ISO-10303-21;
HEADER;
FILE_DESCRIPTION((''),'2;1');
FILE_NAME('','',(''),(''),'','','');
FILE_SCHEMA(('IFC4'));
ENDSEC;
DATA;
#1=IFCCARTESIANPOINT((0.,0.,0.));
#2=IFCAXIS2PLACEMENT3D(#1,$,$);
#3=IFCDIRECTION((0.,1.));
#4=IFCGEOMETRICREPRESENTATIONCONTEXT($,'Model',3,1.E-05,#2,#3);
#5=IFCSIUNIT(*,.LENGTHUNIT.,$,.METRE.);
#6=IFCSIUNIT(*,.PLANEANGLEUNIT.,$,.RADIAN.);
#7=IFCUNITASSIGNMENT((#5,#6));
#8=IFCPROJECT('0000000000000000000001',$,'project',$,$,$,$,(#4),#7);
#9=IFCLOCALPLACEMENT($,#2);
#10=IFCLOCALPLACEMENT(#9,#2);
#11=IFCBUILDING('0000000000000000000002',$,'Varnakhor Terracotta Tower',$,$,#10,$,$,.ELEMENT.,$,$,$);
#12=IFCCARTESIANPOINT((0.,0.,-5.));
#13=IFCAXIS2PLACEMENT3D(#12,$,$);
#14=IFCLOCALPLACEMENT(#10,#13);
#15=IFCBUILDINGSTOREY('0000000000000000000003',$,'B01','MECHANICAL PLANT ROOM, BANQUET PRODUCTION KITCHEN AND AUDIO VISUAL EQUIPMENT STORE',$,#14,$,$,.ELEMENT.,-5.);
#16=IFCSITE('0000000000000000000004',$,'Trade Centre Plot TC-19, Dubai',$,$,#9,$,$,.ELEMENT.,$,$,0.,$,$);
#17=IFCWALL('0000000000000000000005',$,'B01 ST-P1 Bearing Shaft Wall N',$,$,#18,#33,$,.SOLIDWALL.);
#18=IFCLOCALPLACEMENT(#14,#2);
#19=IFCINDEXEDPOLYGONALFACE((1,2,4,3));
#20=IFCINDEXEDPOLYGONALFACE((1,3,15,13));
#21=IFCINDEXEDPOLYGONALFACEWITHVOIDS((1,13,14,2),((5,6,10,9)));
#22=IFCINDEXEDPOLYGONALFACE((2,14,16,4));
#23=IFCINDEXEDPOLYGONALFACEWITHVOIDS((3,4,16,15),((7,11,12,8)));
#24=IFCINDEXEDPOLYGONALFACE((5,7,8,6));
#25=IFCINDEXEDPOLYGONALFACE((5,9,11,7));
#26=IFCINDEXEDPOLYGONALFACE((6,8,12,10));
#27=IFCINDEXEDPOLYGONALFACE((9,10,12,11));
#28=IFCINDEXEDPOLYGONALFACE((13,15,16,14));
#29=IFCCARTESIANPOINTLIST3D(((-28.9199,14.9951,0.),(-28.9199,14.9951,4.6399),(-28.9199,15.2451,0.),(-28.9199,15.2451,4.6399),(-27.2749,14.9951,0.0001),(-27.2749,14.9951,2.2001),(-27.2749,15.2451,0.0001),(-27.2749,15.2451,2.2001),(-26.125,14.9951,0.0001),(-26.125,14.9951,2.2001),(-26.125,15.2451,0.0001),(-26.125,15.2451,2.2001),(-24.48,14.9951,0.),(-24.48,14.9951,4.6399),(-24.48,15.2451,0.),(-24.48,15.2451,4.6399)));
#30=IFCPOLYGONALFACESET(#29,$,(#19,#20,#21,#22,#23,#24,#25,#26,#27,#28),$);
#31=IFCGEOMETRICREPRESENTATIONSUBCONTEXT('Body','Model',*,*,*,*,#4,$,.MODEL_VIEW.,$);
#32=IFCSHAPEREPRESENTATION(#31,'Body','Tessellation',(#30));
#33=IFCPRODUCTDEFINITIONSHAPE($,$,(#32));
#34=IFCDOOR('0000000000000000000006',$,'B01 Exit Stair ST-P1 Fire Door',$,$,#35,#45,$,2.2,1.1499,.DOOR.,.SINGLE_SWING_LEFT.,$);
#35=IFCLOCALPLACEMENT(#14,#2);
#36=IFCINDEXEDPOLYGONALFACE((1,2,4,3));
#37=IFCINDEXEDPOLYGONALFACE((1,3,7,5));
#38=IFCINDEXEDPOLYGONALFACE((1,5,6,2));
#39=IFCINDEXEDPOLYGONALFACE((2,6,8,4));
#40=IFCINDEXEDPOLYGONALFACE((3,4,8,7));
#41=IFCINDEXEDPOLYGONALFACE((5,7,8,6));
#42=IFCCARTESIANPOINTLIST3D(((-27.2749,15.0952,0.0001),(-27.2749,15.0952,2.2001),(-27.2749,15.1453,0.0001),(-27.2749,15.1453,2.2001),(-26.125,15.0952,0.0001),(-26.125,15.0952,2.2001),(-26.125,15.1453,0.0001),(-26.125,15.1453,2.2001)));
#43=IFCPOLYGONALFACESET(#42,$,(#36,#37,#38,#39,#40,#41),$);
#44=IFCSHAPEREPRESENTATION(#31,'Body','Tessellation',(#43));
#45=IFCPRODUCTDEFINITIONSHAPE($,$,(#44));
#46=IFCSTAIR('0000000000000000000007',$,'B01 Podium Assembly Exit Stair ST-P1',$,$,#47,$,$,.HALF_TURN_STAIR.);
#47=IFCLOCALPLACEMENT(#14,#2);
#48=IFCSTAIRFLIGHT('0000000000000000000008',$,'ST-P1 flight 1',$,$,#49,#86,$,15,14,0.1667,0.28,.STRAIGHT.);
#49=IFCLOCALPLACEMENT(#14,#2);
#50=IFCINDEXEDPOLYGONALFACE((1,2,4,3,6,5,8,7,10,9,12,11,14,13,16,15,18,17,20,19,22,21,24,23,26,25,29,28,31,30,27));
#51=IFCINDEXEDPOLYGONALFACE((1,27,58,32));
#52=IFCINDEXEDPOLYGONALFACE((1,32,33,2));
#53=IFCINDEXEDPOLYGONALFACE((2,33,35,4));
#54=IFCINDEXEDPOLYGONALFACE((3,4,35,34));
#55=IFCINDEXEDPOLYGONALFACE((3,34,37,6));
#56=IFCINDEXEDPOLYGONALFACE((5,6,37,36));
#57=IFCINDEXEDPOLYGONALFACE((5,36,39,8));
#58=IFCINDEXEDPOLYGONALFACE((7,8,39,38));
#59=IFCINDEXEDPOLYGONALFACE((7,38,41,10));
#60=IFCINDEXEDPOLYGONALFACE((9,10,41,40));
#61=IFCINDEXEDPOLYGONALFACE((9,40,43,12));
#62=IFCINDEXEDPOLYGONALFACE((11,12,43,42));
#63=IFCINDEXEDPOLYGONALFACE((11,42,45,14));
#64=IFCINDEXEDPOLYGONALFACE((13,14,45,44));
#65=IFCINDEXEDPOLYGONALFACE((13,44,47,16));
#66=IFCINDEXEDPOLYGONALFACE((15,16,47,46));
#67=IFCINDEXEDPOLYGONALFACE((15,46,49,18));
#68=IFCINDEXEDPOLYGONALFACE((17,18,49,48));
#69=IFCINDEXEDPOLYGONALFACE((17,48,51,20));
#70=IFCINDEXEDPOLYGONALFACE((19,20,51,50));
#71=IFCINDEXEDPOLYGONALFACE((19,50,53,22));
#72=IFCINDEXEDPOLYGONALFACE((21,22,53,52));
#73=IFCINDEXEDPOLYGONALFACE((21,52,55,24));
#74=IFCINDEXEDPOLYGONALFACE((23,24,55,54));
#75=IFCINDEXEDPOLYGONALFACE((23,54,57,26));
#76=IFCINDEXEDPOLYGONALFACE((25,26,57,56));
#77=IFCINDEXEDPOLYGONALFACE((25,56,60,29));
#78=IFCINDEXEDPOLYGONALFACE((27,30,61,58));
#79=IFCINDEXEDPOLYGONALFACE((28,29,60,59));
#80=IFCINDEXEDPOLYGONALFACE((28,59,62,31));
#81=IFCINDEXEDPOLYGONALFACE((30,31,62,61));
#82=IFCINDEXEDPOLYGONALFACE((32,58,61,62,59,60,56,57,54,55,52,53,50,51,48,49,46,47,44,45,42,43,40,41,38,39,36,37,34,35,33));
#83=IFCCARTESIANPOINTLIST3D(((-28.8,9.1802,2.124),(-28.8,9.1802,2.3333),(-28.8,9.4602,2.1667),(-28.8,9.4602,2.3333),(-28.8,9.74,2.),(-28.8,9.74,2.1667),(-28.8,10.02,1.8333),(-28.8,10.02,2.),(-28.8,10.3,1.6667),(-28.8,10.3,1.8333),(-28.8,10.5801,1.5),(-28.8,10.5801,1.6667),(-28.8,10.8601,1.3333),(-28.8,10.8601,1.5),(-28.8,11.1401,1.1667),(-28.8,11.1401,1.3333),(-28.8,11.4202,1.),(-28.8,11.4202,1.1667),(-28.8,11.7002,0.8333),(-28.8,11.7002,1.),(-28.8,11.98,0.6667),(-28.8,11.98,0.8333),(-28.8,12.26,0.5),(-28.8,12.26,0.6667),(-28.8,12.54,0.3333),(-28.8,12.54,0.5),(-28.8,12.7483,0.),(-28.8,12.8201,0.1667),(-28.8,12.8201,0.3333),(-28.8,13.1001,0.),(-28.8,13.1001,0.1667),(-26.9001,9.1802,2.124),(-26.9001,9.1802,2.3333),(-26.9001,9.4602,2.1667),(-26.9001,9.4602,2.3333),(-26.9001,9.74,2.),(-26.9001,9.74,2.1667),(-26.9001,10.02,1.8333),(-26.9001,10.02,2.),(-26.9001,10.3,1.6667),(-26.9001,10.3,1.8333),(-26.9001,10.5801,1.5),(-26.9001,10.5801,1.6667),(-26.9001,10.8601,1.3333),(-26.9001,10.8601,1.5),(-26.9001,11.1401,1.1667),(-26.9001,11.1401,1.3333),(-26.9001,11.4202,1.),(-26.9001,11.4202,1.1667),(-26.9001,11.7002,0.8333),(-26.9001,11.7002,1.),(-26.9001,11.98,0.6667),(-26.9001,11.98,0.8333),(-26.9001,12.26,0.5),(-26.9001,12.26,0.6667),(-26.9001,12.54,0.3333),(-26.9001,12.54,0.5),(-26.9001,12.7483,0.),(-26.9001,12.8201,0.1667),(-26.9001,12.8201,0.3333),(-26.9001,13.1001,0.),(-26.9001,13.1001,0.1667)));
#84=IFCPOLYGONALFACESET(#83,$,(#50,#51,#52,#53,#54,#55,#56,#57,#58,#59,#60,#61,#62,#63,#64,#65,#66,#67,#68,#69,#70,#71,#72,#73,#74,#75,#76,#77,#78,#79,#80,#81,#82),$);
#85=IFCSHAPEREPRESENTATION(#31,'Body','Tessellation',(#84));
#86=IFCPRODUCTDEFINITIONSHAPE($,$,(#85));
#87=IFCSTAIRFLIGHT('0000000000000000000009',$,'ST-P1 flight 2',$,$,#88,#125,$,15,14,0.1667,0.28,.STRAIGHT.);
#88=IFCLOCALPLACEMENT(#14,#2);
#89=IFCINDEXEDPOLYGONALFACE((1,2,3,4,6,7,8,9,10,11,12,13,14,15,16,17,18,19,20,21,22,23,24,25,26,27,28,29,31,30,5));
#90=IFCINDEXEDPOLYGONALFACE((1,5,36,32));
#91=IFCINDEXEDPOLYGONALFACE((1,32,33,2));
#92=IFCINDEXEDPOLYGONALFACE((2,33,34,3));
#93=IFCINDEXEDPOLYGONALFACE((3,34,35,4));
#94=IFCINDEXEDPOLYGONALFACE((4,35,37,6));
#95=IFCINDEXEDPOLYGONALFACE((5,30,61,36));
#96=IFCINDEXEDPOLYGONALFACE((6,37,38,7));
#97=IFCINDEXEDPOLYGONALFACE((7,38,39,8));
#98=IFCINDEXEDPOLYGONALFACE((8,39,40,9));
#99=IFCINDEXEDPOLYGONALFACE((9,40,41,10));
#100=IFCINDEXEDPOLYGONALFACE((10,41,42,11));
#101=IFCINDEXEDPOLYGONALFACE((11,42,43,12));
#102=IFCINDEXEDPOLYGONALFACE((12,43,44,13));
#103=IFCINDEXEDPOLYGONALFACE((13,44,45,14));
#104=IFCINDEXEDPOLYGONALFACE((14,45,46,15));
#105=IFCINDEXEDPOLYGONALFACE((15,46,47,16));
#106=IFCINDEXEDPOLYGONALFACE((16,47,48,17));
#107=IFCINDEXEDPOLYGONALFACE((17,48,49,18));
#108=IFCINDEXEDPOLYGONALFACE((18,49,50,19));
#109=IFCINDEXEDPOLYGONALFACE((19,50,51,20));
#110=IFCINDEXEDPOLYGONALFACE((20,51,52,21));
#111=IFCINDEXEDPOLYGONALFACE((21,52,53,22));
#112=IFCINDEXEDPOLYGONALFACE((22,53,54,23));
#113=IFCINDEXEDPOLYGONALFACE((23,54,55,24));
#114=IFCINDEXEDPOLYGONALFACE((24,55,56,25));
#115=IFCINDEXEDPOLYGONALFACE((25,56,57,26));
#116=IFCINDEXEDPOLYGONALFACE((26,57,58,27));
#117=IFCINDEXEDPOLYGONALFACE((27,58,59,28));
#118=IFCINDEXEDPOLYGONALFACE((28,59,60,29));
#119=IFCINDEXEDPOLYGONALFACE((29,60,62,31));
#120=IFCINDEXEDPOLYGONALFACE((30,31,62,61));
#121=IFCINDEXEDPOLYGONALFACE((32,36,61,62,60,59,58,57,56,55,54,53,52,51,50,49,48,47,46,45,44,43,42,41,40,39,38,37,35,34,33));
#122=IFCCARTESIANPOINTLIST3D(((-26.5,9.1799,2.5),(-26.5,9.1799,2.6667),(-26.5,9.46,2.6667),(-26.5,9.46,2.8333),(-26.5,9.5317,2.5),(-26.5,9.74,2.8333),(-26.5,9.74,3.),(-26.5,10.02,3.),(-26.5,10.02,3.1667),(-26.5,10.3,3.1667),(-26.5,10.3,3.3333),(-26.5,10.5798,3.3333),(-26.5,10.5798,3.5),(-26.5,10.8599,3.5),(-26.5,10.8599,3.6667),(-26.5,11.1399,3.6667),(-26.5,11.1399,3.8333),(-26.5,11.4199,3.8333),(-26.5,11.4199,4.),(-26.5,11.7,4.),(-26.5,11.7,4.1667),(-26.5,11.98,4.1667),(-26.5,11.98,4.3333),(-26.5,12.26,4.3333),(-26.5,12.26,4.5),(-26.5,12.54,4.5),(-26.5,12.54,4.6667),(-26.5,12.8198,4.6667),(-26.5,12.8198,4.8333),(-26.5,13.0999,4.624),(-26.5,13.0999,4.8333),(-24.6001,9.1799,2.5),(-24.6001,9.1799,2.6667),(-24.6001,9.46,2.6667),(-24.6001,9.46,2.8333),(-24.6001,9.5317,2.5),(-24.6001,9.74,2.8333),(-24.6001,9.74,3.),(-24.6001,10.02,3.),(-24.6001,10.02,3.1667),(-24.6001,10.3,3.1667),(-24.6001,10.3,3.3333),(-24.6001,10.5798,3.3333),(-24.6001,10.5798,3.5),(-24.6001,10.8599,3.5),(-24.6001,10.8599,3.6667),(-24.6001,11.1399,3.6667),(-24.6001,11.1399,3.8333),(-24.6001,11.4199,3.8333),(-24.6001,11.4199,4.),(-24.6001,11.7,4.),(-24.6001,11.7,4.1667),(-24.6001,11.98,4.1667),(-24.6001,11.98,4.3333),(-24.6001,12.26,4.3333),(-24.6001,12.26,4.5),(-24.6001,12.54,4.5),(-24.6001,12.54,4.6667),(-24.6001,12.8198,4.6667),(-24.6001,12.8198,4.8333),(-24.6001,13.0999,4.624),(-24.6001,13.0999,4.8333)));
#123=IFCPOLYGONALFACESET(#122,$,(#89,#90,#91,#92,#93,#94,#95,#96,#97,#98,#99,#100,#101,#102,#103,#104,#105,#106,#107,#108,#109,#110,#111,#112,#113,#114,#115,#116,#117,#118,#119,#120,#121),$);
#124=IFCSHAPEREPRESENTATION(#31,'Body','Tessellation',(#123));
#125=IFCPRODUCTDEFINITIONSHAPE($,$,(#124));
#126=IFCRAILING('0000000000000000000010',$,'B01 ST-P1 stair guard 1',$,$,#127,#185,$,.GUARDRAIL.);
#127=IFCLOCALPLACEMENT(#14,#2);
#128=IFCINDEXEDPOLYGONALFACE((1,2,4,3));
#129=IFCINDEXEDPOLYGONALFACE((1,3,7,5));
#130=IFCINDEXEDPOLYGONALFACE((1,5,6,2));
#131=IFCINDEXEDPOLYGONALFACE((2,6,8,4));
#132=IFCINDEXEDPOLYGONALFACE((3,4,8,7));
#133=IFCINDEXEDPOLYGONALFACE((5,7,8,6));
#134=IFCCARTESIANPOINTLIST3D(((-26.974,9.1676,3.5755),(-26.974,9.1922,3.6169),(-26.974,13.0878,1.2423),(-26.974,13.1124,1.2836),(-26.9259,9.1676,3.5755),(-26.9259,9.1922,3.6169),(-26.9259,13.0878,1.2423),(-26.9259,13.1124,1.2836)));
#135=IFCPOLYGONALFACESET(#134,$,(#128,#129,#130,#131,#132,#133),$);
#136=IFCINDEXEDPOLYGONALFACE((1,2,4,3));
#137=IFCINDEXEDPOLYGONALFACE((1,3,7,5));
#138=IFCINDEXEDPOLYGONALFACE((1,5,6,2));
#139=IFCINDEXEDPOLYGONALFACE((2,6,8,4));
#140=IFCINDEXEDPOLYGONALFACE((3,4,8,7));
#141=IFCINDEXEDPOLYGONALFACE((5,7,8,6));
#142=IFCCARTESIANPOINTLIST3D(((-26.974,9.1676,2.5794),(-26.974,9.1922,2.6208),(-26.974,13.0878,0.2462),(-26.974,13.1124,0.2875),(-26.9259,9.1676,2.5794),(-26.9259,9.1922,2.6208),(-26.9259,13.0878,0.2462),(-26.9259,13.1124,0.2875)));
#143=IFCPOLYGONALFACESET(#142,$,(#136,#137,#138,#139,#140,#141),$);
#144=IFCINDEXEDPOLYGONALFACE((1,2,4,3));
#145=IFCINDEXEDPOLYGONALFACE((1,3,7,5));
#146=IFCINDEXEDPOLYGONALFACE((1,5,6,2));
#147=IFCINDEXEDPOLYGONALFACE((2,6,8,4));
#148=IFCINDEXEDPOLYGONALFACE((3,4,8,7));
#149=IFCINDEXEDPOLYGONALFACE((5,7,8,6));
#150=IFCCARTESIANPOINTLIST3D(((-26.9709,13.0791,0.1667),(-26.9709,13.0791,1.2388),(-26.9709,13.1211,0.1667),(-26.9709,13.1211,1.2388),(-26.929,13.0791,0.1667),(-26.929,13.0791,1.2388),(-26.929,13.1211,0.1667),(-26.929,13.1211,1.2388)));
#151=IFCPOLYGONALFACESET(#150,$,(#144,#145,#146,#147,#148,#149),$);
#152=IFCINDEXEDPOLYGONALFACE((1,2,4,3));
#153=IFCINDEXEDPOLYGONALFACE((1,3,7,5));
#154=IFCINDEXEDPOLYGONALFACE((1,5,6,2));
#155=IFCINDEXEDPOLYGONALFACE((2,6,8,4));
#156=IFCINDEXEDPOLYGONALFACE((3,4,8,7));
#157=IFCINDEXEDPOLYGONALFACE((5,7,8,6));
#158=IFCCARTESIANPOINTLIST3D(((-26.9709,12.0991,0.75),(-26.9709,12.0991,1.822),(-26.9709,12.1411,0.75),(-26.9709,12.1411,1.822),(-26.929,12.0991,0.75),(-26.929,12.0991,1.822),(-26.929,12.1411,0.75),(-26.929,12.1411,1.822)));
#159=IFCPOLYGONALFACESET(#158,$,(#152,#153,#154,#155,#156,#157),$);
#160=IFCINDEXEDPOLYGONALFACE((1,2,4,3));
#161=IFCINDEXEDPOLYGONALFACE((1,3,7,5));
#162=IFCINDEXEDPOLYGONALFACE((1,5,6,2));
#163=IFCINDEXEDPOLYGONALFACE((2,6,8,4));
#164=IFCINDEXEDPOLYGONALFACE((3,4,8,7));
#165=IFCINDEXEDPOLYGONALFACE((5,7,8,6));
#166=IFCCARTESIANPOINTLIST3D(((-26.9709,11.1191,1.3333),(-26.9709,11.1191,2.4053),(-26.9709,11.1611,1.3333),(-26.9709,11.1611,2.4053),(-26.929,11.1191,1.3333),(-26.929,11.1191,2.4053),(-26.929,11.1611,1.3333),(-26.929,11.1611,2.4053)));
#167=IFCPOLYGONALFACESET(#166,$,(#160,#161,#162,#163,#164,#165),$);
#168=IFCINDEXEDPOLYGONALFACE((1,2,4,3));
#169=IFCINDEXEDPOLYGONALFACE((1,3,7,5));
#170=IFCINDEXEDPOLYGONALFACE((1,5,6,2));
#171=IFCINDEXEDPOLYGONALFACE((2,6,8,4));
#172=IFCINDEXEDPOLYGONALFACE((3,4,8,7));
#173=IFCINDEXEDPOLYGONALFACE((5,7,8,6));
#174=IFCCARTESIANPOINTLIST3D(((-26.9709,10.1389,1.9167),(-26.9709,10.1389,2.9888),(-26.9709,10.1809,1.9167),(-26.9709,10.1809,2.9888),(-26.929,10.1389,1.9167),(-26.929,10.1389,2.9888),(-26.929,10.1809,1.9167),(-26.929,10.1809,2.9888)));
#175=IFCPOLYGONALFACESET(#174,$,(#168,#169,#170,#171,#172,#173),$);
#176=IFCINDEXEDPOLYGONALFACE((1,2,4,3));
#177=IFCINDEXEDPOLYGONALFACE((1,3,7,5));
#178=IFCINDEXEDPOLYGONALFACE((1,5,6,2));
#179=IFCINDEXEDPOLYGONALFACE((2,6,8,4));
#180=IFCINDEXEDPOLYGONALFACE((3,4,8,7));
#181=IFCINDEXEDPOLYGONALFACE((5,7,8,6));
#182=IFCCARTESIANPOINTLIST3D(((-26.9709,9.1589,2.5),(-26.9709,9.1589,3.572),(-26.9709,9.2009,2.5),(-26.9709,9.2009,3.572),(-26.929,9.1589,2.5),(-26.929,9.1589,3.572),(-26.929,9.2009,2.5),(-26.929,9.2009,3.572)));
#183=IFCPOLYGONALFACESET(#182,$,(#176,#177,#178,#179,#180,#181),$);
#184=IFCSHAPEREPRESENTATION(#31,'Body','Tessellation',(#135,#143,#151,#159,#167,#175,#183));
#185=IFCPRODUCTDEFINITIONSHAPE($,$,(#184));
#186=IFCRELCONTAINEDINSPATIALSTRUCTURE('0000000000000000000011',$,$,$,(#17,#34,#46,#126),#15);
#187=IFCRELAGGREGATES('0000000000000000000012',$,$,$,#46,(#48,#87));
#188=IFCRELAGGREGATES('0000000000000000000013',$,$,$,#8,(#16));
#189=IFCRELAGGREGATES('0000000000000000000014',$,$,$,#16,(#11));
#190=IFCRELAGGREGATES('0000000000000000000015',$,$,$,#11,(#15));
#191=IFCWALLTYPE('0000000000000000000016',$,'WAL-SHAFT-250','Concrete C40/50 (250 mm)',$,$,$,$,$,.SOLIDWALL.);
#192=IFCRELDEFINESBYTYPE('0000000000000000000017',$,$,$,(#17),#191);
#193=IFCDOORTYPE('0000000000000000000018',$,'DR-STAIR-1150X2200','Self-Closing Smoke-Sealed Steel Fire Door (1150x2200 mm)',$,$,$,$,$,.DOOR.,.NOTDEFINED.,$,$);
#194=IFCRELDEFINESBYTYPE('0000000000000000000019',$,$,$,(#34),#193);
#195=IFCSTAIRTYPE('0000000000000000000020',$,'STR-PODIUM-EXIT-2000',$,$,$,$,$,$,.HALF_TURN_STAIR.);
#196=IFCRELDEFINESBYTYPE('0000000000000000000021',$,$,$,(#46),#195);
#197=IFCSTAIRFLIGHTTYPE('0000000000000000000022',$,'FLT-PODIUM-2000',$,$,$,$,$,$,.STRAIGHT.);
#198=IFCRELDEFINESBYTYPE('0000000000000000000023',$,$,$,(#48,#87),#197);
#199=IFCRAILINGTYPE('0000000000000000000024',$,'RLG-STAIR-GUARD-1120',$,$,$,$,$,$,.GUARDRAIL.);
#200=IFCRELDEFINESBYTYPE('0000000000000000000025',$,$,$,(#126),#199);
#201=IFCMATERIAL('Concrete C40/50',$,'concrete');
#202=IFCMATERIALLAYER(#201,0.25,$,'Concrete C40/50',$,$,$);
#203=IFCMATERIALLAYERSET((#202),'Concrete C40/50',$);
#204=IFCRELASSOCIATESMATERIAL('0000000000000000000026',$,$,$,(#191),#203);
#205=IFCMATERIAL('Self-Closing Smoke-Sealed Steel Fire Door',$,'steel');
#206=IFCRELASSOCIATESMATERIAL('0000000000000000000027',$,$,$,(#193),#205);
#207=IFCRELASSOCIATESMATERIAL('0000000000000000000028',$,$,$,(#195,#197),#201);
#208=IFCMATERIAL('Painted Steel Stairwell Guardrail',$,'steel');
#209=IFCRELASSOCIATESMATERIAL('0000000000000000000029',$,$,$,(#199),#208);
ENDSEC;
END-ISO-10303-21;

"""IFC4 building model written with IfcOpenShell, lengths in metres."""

from ifc_helpers import new_model, si_unit, direction, frame, frame_2d, origin, origin_2d, place, context, subcontext, project, spatial, polyline, rectangle, outline, extrude, source, transform, mapped, material, layer, layer_set, type_object, type_shapes, element, fill, aggregate, save


model = new_model("IFC4")

# Units and contexts
model_context = context("Model", 3, precision=1e-05, world=origin(), true_north=direction((0.0, 1.0)))
body_context = subcontext(model_context, "Body", "Model", "MODEL_VIEW")
ifc_project = project(units=[si_unit("LENGTHUNIT", "METRE"), si_unit("PLANEANGLEUNIT", "RADIAN")], contexts=[model_context])

# Site, building, storey
site_placement = place(None, origin())
site = spatial("IfcSite", under=ifc_project, at=site_placement, Name="Trade Centre Plot TC-19, Dubai", CompositionType="ELEMENT", RefElevation=0.0)
building_placement = place(site_placement, origin())
building = spatial("IfcBuilding", under=site, at=building_placement, Name="Varnakhor Terracotta Tower", CompositionType="ELEMENT")
storey_placement = place(building_placement, frame((0.0, 0.0, -5.0)))
storey = spatial("IfcBuildingStorey", under=building, at=storey_placement, Name="B01", Description="MECHANICAL PLANT ROOM, BANQUET PRODUCTION KITCHEN AND AUDIO VISUAL EQUIPMENT STORE", CompositionType="ELEMENT", Elevation=-5.0)

# Shared definitions
ifc_material_1 = material(Name="Concrete C40/50", Category="concrete")

# Shared definitions
ifc_layer_1 = layer(ifc_material_1, 0.25, Name="Concrete C40/50")
ifc_layer_set_1 = layer_set([ifc_layer_1], Name="Concrete C40/50")
wall_type_1 = type_object("IfcWallType", Name="WAL-SHAFT-250", Description="Concrete C40/50 (250 mm)", PredefinedType="SOLIDWALL", material=ifc_layer_set_1)

# Wall, opening, door
wall_1_placement = place(storey_placement, frame((-24.48, 15.1201, 0.0), z_axis=(0.0, 0.0, 1.0), x_axis=(-1.0, 0.0, 0.0)))
wall_1 = element("IfcWall", 1, at=wall_1_placement, inside=storey, type_object=wall_type_1, Name="B01 ST-P1 Bearing Shaft Wall N", PredefinedType="SOLIDWALL", context=body_context, shape_type="SweptSolid", body=[
    extrude(rectangle(XDim=4.4399, YDim=0.25, at=frame_2d((2.22, 0.0))), origin(), (0.0, 0.0, 1.0), 4.6399),
])
opening_1_placement = place(wall_1_placement, frame((1.645, 0.0, 0.0)))
opening_1 = element("IfcOpeningElement", 2, at=opening_1_placement, cuts=wall_1, PredefinedType="OPENING", context=body_context, shape_type="SweptSolid", body=[
    extrude(rectangle(XDim=1.1499, YDim=2.2, at=frame_2d((0.575, 1.1001))), frame((0.0, 0.135, 0.0), z_axis=(0.0, -1.0, 0.0), x_axis=(1.0, 0.0, 0.0)), (0.0, 0.0, 1.0), 0.27),
])
ifc_material_2 = material(Name="Self-Closing Smoke-Sealed Steel Fire Door", Category="steel")
door_type_1 = type_object("IfcDoorType", Name="DR-STAIR-1150X2200", Description="Self-Closing Smoke-Sealed Steel Fire Door (1150x2200 mm)", OperationType="NOTDEFINED", PredefinedType="DOOR", material=ifc_material_2)
shared_shape_1 = source(origin(), body_context, "Body", "SweptSolid", [
    extrude(rectangle(XDim=1.1499, YDim=2.2, at=frame_2d((0.575, 1.1001))), frame((0.0, 0.0249, 0.0), z_axis=(0.0, -1.0, 0.0), x_axis=(1.0, 0.0, 0.0)), (0.0, 0.0, 1.0), 0.05),
])
type_shapes(door_type_1, [shared_shape_1])
door_1_placement = place(opening_1_placement, origin())
door_1 = element("IfcDoor", 3, at=door_1_placement, inside=storey, type_object=door_type_1, Name="B01 Exit Stair ST-P1 Fire Door", OperationType="SINGLE_SWING_LEFT", OverallHeight=2.2, OverallWidth=1.1499, PredefinedType="DOOR", context=body_context, shape_type="MappedRepresentation", body=[
    mapped(shared_shape_1, transform((0.0, 0.0, 0.0), scale=1.0)),
])
fill(opening_1, door_1)

# Stair, stair flights
stair_type = type_object("IfcStairType", Name="STR-PODIUM-EXIT-2000", PredefinedType="HALF_TURN_STAIR", material=ifc_material_1)
stair_placement = place(storey_placement, origin())
stair = element("IfcStair", 4, at=stair_placement, inside=storey, type_object=stair_type, Name="B01 Podium Assembly Exit Stair ST-P1", PredefinedType="HALF_TURN_STAIR")
stair_flight_type = type_object("IfcStairFlightType", Name="FLT-PODIUM-2000", PredefinedType="STRAIGHT", material=ifc_material_1)
stair_flight_1_placement = place(storey_placement, frame((-27.8501, 13.1001, 0.0), z_axis=(0.0, 0.0, 1.0), x_axis=(0.0, -1.0, 0.0)))
stair_flight_1 = element("IfcStairFlight", 5, at=stair_flight_1_placement, type_object=stair_flight_type, Name="ST-P1 flight 1", NumberOfRisers=15, NumberOfTreads=14, PredefinedType="STRAIGHT", RiserHeight=0.1667, TreadLength=0.28, context=body_context, shape_type="SweptSolid", body=[
    extrude(outline(polyline([(0.0, 0.0), (0.0, 0.1667), (0.28, 0.1667), (0.28, 0.3333), (0.5601, 0.3333), (0.5601, 0.5), (0.8401, 0.5), (0.8401, 0.6667), (1.1201, 0.6667), (1.1201, 0.8333), (1.3999, 0.8333), (1.3999, 1.0), (1.6799, 1.0), (1.6799, 1.1667), (1.96, 1.1667), (1.96, 1.3333), (2.24, 1.3333), (2.24, 1.5), (2.52, 1.5), (2.52, 1.6667), (2.8, 1.6667), (2.8, 1.8333), (3.0801, 1.8333), (3.0801, 2.0), (3.3601, 2.0), (3.3601, 2.1667), (3.6399, 2.1667), (3.6399, 2.3333), (3.9199, 2.3333), (3.9199, 2.5), (3.9199, 2.124), (0.3518, 0.0), (0.0, 0.0)])), frame((0.0, 0.95, 0.0), z_axis=(0.0, -1.0, 0.0), x_axis=(1.0, 0.0, 0.0)), (0.0, 0.0, 1.0), 1.8999),
])
stair_flight_2_placement = place(storey_placement, frame((-25.55, 9.1799, 2.5), z_axis=(0.0, 0.0, 1.0), x_axis=(0.0, 1.0, 0.0)))
stair_flight_2 = element("IfcStairFlight", 6, at=stair_flight_2_placement, type_object=stair_flight_type, Name="ST-P1 flight 2", NumberOfRisers=15, NumberOfTreads=14, PredefinedType="STRAIGHT", RiserHeight=0.1667, TreadLength=0.28, context=body_context, shape_type="SweptSolid", body=[
    extrude(outline(polyline([(0.0, 0.0), (0.0, 0.1667), (0.28, 0.1667), (0.28, 0.3333), (0.5601, 0.3333), (0.5601, 0.5), (0.8401, 0.5), (0.8401, 0.6667), (1.1201, 0.6667), (1.1201, 0.8333), (1.3999, 0.8333), (1.3999, 1.0), (1.6799, 1.0), (1.6799, 1.1667), (1.96, 1.1667), (1.96, 1.3333), (2.24, 1.3333), (2.24, 1.5), (2.52, 1.5), (2.52, 1.6667), (2.8, 1.6667), (2.8, 1.8333), (3.0801, 1.8333), (3.0801, 2.0), (3.3601, 2.0), (3.3601, 2.1667), (3.6399, 2.1667), (3.6399, 2.3333), (3.9199, 2.3333), (3.9199, 2.5), (3.9199, 2.124), (0.3518, 0.0), (0.0, 0.0)])), frame((0.0, 0.95, 0.0), z_axis=(0.0, -1.0, 0.0), x_axis=(1.0, 0.0, 0.0)), (0.0, 0.0, 1.0), 1.8999),
])
aggregate(stair, [stair_flight_1, stair_flight_2])

# Railing
ifc_material_3 = material(Name="Painted Steel Stairwell Guardrail", Category="steel")
railing_type_1 = type_object("IfcRailingType", Name="RLG-STAIR-GUARD-1120", PredefinedType="GUARDRAIL", material=ifc_material_3)
railing_1_placement = place(storey_placement, frame((-26.95, 13.1001, 0.1667)))
element("IfcRailing", 7, at=railing_1_placement, inside=storey, type_object=railing_type_1, Name="B01 ST-P1 stair guard 1", PredefinedType="GUARDRAIL", context=body_context, shape_type="SweptSolid", body=[
    extrude(rectangle(XDim=0.0481, YDim=0.0481, at=origin_2d()), frame((0.0, 0.0, 1.0962), z_axis=(0.0, -0.85931, 0.511455), x_axis=(1.0, 0.0, 0.0)), (0.0, 0.0, 1.0), 4.562),
    extrude(rectangle(XDim=0.0481, YDim=0.0481, at=origin_2d()), frame((0.0, 0.0, 0.1001), z_axis=(0.0, -0.85931, 0.511455), x_axis=(1.0, 0.0, 0.0)), (0.0, 0.0, 1.0), 4.562),
    extrude(rectangle(XDim=0.042, YDim=0.042, at=origin_2d()), origin(), (0.0, 0.0, 1.0), 1.072),
    extrude(rectangle(XDim=0.042, YDim=0.042, at=origin_2d()), frame((0.0, -0.98, 0.5833)), (0.0, 0.0, 1.0), 1.072),
    extrude(rectangle(XDim=0.042, YDim=0.042, at=origin_2d()), frame((0.0, -1.96, 1.1665)), (0.0, 0.0, 1.0), 1.072),
    extrude(rectangle(XDim=0.042, YDim=0.042, at=origin_2d()), frame((0.0, -2.9402, 1.75)), (0.0, 0.0, 1.0), 1.072),
    extrude(rectangle(XDim=0.042, YDim=0.042, at=origin_2d()), frame((0.0, -3.9202, 2.3333)), (0.0, 0.0, 1.0), 1.072),
])

save(model, "model.ifc")
